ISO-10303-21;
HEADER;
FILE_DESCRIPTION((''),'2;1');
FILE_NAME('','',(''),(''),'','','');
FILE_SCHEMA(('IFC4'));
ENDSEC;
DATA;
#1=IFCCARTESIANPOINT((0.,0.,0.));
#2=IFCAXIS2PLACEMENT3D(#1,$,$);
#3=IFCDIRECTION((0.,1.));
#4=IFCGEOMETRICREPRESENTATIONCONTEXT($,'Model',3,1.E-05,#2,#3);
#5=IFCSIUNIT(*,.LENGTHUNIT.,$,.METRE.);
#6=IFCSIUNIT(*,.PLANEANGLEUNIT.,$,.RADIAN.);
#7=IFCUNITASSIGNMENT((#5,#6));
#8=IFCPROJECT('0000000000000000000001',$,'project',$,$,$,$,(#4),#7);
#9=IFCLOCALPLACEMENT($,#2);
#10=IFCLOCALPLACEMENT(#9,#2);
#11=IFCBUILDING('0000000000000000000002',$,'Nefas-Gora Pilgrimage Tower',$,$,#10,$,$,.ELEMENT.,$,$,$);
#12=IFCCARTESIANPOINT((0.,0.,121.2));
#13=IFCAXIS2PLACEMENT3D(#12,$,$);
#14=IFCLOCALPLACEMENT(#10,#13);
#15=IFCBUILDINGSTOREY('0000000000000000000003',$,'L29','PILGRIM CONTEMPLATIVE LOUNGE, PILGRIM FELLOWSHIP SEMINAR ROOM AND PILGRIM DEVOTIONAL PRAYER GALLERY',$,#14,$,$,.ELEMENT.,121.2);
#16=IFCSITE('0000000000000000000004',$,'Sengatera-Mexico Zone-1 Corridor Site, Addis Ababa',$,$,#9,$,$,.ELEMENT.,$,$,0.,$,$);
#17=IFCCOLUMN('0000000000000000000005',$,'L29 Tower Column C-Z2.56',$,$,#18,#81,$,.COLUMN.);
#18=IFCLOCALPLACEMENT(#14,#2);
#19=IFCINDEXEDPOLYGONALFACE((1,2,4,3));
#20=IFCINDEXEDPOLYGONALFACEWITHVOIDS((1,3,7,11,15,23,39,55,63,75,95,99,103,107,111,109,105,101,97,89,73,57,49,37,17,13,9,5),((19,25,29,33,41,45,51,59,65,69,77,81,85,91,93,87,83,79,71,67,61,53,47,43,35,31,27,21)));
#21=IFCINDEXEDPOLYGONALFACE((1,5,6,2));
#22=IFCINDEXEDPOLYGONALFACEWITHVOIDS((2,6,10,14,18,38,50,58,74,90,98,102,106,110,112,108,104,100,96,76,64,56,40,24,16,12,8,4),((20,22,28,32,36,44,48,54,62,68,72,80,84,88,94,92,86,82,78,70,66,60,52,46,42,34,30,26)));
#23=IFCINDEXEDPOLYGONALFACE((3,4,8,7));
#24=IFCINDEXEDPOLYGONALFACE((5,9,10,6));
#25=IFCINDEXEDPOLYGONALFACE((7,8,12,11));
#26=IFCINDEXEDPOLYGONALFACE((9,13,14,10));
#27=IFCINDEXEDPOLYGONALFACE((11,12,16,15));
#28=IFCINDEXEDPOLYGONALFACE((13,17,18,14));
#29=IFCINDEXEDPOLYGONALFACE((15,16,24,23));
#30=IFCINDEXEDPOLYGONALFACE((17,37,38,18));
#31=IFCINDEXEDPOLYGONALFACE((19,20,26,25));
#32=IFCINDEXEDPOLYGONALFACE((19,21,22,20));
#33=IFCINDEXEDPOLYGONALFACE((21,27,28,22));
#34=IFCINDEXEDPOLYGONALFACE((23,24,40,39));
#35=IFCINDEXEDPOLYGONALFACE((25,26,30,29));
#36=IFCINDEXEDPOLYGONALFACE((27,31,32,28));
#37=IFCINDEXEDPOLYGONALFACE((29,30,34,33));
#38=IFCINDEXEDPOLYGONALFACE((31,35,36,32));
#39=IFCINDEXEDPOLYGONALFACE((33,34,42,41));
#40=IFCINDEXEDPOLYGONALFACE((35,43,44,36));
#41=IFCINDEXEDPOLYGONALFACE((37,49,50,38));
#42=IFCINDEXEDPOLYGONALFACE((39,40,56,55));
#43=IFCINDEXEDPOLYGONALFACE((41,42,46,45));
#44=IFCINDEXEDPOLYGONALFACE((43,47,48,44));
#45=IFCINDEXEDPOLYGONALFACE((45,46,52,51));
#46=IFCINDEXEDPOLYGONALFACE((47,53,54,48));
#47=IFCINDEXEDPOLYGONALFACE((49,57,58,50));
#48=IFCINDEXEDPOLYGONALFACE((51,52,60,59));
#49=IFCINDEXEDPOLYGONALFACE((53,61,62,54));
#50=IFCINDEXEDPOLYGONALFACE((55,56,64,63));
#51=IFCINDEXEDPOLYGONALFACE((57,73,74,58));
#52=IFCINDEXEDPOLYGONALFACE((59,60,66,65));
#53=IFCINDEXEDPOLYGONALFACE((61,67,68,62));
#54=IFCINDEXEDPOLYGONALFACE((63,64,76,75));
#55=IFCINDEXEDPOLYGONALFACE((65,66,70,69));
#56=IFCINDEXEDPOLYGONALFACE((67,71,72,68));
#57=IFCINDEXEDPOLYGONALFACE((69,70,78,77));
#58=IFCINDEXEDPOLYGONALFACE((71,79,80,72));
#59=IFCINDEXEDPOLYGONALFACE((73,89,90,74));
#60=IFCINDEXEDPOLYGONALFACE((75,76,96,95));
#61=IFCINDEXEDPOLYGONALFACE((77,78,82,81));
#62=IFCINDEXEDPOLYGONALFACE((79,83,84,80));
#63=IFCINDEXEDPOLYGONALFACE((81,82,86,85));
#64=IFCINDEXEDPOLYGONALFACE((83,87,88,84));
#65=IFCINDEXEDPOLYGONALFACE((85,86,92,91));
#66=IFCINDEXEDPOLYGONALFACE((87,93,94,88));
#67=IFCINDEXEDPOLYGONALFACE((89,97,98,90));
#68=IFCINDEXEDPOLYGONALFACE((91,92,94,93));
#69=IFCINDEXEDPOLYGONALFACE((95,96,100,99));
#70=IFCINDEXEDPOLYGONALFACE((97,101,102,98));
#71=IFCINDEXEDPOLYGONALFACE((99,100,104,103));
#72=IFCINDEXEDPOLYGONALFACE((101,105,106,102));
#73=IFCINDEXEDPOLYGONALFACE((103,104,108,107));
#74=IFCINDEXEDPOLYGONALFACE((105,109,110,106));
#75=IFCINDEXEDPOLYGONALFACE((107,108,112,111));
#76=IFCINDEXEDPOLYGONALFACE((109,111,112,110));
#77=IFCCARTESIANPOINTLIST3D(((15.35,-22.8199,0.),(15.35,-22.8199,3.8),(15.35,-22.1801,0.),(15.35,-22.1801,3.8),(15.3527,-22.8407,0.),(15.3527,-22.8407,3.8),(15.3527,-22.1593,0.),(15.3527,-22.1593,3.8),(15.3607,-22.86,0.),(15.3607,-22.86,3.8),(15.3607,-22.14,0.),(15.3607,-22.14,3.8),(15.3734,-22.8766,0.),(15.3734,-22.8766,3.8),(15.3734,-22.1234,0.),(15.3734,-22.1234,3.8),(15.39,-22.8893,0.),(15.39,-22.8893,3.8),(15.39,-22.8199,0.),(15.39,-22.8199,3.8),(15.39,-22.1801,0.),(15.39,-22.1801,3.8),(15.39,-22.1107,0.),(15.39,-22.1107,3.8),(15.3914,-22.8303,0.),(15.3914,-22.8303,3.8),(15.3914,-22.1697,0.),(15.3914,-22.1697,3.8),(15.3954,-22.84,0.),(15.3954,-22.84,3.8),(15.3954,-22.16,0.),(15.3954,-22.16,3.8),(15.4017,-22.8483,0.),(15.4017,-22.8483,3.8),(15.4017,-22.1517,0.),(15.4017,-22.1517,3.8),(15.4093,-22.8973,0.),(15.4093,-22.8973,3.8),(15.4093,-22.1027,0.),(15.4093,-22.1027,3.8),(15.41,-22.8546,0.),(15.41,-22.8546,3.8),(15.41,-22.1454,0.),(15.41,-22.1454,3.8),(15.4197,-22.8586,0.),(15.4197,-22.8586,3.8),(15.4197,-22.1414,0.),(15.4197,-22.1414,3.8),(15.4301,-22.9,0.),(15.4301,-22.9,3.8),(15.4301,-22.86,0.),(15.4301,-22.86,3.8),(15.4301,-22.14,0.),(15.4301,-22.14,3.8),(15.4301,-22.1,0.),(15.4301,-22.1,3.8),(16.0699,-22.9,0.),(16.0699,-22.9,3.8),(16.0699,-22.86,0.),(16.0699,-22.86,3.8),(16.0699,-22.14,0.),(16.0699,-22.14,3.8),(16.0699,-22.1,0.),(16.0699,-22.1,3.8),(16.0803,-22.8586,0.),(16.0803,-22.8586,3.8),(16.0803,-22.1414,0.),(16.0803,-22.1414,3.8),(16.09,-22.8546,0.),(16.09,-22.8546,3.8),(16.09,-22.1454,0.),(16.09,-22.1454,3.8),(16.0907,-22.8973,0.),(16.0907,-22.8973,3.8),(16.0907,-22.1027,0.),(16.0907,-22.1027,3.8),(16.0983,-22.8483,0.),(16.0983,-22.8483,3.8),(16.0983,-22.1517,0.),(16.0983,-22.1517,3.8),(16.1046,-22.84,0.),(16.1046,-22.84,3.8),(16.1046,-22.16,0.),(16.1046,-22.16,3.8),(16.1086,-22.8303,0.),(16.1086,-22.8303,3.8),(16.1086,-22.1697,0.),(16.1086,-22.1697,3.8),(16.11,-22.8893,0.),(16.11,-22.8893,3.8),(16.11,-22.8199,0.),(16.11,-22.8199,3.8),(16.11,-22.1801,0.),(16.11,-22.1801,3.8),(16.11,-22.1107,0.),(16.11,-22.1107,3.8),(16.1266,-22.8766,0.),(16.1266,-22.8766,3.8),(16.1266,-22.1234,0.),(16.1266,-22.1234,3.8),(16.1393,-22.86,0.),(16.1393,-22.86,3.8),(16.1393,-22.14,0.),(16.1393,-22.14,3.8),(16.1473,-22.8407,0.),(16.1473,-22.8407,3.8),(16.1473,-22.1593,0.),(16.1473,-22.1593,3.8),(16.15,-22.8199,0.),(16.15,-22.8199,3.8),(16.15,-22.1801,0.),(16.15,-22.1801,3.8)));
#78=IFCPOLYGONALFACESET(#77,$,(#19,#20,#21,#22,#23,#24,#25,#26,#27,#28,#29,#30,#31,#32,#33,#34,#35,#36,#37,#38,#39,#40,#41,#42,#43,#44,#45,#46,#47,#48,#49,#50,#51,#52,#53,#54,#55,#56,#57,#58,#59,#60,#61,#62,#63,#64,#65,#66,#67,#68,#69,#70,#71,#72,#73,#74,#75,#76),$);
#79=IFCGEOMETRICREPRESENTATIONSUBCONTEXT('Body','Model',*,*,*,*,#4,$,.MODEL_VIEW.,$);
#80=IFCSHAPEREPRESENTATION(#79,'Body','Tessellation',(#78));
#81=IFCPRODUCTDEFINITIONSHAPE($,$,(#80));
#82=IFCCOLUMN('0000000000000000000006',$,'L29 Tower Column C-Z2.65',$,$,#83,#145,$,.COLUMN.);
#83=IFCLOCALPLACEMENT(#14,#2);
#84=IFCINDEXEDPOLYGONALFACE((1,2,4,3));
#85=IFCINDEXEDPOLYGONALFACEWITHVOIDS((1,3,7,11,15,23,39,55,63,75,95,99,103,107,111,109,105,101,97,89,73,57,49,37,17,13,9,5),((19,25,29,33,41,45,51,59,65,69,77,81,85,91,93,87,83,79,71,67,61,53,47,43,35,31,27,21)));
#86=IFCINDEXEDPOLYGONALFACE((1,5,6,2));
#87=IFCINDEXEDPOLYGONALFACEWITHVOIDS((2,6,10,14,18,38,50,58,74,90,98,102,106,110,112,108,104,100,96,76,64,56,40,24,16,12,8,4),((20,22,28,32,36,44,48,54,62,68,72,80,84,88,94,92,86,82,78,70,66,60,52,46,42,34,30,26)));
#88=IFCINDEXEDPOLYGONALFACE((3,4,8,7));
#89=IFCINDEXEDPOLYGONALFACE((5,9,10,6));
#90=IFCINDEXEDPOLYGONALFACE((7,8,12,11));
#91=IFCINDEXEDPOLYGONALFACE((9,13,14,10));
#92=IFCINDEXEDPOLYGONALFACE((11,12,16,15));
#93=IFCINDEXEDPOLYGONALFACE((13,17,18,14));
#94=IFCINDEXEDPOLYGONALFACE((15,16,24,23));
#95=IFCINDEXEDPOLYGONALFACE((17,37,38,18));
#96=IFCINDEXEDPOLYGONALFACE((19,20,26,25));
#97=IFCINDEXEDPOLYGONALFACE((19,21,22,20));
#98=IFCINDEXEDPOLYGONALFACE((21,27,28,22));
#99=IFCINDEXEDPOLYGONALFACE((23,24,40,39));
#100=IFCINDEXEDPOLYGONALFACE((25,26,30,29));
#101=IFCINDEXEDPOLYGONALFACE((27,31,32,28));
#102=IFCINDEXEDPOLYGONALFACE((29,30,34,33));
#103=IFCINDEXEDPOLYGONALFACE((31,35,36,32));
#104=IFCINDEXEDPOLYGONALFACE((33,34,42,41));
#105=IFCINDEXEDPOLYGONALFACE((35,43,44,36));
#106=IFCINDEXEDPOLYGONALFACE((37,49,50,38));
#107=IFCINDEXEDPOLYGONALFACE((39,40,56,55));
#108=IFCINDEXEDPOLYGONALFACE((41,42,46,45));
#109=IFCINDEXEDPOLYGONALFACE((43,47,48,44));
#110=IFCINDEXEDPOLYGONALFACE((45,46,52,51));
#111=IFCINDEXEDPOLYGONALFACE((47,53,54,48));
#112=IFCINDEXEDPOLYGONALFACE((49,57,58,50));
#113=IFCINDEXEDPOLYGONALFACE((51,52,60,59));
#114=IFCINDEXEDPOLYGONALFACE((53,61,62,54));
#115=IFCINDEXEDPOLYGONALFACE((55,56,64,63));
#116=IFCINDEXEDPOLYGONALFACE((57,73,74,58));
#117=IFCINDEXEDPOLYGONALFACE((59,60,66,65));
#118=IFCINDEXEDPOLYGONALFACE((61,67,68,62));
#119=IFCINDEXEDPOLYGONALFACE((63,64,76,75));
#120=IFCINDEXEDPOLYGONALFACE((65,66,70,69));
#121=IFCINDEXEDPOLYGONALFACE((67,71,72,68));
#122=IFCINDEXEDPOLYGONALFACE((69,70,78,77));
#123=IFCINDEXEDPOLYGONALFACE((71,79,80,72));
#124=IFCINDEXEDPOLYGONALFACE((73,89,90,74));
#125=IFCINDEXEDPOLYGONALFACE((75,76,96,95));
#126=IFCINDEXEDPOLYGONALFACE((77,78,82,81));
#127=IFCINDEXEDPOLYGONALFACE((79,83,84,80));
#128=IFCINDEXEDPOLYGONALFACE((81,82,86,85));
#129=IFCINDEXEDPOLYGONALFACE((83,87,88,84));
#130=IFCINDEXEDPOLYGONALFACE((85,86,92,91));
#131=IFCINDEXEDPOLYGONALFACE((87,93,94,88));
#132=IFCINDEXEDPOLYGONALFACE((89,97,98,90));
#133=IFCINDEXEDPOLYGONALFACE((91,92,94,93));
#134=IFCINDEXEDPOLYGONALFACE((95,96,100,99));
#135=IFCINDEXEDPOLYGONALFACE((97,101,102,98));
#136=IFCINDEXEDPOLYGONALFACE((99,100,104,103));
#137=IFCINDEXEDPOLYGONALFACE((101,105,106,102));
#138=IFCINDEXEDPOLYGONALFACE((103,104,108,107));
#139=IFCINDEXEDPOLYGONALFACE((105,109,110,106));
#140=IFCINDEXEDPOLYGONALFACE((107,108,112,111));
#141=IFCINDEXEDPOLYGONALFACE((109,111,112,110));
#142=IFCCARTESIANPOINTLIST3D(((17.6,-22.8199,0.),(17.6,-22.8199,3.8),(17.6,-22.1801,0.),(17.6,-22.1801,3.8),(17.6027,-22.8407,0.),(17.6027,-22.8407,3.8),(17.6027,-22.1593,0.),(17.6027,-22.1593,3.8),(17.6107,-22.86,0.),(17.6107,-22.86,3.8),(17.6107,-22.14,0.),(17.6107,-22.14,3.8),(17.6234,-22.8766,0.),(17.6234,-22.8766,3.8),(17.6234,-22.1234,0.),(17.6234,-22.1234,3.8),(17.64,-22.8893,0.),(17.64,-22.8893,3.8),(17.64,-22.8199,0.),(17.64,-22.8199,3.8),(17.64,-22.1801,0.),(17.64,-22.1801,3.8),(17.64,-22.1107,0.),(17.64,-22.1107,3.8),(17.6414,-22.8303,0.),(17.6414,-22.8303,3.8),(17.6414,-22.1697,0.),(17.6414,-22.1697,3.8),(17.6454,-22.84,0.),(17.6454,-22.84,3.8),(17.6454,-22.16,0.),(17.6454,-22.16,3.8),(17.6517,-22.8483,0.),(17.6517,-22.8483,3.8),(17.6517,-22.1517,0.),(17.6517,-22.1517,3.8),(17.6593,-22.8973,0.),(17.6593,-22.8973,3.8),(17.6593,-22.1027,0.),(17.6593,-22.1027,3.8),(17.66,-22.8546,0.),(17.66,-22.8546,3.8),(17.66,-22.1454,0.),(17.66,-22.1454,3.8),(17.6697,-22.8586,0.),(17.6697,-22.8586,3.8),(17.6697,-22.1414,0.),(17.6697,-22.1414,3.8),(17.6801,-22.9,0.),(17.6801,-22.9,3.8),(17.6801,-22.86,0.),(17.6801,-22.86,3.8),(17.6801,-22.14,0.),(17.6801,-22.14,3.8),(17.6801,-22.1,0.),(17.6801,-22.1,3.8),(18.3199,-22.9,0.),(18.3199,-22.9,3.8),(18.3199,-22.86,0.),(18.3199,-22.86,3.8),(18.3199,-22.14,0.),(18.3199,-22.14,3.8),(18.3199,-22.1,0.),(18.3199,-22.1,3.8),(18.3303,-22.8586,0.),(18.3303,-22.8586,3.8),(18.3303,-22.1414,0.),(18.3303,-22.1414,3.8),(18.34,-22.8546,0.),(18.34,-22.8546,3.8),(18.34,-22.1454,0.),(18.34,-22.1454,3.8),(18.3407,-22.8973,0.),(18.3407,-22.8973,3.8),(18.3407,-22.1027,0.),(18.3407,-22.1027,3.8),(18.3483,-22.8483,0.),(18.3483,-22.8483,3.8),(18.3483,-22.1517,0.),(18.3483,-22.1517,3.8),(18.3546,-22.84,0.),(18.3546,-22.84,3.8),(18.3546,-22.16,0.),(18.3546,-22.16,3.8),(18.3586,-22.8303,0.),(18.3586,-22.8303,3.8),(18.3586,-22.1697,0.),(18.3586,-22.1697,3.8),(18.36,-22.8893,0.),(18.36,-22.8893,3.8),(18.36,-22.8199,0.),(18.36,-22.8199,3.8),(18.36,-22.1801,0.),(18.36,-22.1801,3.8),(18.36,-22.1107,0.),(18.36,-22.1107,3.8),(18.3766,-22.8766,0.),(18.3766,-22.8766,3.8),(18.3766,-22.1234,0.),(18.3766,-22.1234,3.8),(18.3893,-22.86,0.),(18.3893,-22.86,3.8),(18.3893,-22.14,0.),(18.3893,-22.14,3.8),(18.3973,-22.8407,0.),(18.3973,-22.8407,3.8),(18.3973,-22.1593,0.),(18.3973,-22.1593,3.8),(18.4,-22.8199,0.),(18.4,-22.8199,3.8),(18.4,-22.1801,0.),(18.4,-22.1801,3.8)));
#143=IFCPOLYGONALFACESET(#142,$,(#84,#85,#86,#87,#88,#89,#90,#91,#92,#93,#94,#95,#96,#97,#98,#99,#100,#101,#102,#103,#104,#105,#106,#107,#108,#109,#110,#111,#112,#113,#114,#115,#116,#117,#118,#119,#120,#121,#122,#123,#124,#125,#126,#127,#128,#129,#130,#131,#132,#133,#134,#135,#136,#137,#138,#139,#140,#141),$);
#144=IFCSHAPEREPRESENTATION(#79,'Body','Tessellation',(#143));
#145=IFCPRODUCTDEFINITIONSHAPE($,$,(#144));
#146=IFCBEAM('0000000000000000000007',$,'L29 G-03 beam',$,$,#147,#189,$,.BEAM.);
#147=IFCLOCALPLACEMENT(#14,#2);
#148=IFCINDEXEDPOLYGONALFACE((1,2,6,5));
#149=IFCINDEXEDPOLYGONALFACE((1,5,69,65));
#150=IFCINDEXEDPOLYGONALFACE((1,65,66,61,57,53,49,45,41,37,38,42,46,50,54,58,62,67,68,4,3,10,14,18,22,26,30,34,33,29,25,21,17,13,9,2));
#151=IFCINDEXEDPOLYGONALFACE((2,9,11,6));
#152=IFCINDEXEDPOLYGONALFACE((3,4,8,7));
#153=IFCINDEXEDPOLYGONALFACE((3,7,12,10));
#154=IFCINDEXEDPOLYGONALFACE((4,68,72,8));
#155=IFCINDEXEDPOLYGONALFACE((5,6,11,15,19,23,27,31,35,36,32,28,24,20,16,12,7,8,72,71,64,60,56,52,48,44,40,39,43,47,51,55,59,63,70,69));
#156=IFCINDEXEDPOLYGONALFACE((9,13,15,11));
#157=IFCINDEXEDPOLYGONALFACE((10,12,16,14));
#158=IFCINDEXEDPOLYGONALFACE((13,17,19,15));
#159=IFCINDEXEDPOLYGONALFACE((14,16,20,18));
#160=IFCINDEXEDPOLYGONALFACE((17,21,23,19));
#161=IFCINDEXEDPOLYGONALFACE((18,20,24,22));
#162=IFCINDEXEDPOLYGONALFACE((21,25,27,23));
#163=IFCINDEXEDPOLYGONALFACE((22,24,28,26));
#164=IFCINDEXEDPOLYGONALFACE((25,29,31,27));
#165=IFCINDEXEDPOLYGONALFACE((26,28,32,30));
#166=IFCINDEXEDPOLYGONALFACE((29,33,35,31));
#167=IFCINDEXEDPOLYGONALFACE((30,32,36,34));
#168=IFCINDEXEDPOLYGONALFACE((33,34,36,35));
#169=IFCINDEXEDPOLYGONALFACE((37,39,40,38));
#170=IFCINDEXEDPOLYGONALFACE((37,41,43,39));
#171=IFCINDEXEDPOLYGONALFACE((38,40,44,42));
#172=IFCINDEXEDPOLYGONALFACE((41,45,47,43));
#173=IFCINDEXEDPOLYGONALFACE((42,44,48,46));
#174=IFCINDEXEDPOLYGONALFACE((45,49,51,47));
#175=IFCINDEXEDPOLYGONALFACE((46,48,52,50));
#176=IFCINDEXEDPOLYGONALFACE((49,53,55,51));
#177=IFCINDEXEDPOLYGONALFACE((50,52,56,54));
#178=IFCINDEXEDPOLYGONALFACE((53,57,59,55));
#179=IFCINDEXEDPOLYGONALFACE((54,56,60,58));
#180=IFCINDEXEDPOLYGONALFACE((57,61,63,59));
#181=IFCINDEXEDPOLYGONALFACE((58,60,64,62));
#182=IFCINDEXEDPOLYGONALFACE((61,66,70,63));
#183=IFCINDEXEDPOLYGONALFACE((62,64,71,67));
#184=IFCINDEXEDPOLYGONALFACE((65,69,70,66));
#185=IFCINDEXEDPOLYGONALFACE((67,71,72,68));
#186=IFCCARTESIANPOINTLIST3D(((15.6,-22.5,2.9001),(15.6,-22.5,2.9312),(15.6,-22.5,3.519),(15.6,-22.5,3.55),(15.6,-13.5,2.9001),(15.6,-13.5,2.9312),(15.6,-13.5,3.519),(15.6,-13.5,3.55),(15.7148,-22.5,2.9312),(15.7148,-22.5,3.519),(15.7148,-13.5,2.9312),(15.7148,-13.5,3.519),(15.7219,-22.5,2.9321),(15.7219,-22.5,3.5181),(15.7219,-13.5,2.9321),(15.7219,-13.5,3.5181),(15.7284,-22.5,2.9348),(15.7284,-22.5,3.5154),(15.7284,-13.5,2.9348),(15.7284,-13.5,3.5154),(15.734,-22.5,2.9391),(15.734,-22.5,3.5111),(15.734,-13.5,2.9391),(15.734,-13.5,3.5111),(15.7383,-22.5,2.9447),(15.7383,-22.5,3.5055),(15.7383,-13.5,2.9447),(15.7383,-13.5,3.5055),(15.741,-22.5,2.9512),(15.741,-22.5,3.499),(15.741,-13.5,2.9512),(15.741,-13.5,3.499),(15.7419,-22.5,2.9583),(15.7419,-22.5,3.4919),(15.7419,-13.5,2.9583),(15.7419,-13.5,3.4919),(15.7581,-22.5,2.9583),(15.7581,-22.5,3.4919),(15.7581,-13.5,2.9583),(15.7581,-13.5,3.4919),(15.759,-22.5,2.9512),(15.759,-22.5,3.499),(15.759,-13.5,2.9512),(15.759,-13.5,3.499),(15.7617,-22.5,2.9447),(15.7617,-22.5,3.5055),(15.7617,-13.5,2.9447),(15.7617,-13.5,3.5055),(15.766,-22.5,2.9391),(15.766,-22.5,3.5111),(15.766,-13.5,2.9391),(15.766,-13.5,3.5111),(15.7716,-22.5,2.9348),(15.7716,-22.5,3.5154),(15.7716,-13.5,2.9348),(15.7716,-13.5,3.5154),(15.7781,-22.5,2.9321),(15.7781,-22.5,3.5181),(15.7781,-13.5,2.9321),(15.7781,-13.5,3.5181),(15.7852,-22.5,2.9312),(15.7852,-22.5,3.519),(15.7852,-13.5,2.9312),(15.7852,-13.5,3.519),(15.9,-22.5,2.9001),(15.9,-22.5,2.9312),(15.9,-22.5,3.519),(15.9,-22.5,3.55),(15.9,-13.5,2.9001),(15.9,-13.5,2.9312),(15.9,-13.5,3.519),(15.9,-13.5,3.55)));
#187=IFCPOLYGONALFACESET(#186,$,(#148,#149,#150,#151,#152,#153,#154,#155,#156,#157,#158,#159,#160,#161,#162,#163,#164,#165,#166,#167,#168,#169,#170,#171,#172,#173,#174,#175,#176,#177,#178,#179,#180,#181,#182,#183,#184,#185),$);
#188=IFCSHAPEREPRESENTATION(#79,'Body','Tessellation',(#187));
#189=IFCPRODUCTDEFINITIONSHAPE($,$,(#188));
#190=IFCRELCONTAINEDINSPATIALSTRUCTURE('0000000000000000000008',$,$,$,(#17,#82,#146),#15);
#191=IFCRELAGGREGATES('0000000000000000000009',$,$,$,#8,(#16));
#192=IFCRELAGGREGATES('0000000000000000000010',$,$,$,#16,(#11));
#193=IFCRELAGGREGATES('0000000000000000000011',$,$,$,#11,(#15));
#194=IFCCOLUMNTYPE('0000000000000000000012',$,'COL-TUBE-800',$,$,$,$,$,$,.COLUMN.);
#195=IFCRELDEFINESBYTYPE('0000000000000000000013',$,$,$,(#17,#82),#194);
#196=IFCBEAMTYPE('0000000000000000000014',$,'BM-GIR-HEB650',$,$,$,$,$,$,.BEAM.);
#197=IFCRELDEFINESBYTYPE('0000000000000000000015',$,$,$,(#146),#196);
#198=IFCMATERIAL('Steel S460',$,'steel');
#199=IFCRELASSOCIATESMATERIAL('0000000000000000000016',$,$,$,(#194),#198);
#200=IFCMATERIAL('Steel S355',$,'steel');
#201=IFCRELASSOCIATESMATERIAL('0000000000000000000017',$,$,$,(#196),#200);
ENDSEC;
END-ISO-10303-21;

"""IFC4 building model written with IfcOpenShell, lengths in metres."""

from ifc_helpers import new_model, si_unit, direction, frame, origin, origin_2d, place, context, subcontext, project, spatial, hollow_rectangle, i_section, extrude, source, transform, mapped, material, material_profile, profile_set, type_object, element, save


model = new_model("IFC4")

# Units and contexts
model_context = context("Model", 3, precision=1e-05, world=origin(), true_north=direction((0.0, 1.0)))
body_context = subcontext(model_context, "Body", "Model", "MODEL_VIEW")
ifc_project = project(units=[si_unit("LENGTHUNIT", "METRE"), si_unit("PLANEANGLEUNIT", "RADIAN")], contexts=[model_context])

# Site, building, storey
site_placement = place(None, origin())
site = spatial("IfcSite", under=ifc_project, at=site_placement, Name="Sengatera-Mexico Zone-1 Corridor Site, Addis Ababa", CompositionType="ELEMENT", RefElevation=0.0)
building_placement = place(site_placement, origin())
building = spatial("IfcBuilding", under=site, at=building_placement, Name="Nefas-Gora Pilgrimage Tower", CompositionType="ELEMENT")
storey_placement = place(building_placement, frame((0.0, 0.0, 121.2)))
storey = spatial("IfcBuildingStorey", under=building, at=storey_placement, Name="L29", Description="PILGRIM CONTEMPLATIVE LOUNGE, PILGRIM FELLOWSHIP SEMINAR ROOM AND PILGRIM DEVOTIONAL PRAYER GALLERY", CompositionType="ELEMENT", Elevation=121.2)

# Columns
ifc_material_1 = material(Name="Steel S460", Category="steel")
ifc_material_profile_1 = material_profile(ifc_material_1, hollow_rectangle(XDim=0.8, YDim=0.8, WallThickness=0.04, InnerFilletRadius=0.04, OuterFilletRadius=0.0801, at=origin_2d()), Name="BOX 800x800x40")
ifc_profile_set_1 = profile_set([ifc_material_profile_1], Name="Steel S460")
column_type_1 = type_object("IfcColumnType", Name="COL-TUBE-800", PredefinedType="COLUMN", material=ifc_profile_set_1)
shared_shape_1 = source(origin(), body_context, "Body", "SweptSolid", [
    extrude(hollow_rectangle(XDim=0.8, YDim=0.8, WallThickness=0.04, InnerFilletRadius=0.04, OuterFilletRadius=0.0801, at=origin_2d()), origin(), (0.0, 0.0, 1.0), 3.8),
])
for number, where, z_axis, x_axis, name in (
    (1, (15.75, -22.5, 0.0), (0.0, 0.0, 1.0), (1.0, 0.0, 0.0), "L29 Tower Column C-Z2.56"),
    (2, (18.0, -22.5, 0.0), (0.0, 0.0, 1.0), (1.0, 0.0, 0.0), "L29 Tower Column C-Z2.65"),
):
    element("IfcColumn", number, at=place(storey_placement, frame(where, z_axis=z_axis, x_axis=x_axis)), inside=storey, type_object=column_type_1, Name=name, PredefinedType="COLUMN", context=body_context, shape_type="MappedRepresentation", body=[
        mapped(shared_shape_1, transform((0.0, 0.0, 0.0), x_axis=(1.0, 0.0, 0.0), y_axis=(0.0, 1.0, 0.0), z_axis=(0.0, 0.0, 1.0), scale=1.0)),
    ])

# Beam
ifc_material_2 = material(Name="Steel S355", Category="steel")
ifc_material_profile_2 = material_profile(ifc_material_2, i_section(OverallWidth=0.3, OverallDepth=0.6499, WebThickness=0.0161, FlangeThickness=0.031, FilletRadius=0.0271, at=origin_2d()), Name="HEB 650")
ifc_profile_set_2 = profile_set([ifc_material_profile_2], Name="Steel S355")
beam_type_1 = type_object("IfcBeamType", Name="BM-GIR-HEB650", PredefinedType="BEAM", material=ifc_profile_set_2)
shared_shape_2 = source(origin(), body_context, "Body", "SweptSolid", [
    extrude(i_section(OverallWidth=0.3, OverallDepth=0.6499, WebThickness=0.0161, FlangeThickness=0.031, FilletRadius=0.0271, at=origin_2d()), origin(), (0.0, 0.0, 1.0), 9.0),
])
beam_placement = place(storey_placement, frame((15.75, -22.5, 3.2251), z_axis=(0.0, 1.0, 0.0), x_axis=(-1.0, 0.0, 0.0)))
element("IfcBeam", 3, at=beam_placement, inside=storey, type_object=beam_type_1, Name="L29 G-03 beam", PredefinedType="BEAM", context=body_context, shape_type="MappedRepresentation", body=[
    mapped(shared_shape_2, transform((0.0, 0.0, 0.0), x_axis=(1.0, 0.0, 0.0), y_axis=(0.0, 1.0, 0.0), z_axis=(0.0, 0.0, 1.0), scale=1.0)),
])

save(model, "model.ifc")
